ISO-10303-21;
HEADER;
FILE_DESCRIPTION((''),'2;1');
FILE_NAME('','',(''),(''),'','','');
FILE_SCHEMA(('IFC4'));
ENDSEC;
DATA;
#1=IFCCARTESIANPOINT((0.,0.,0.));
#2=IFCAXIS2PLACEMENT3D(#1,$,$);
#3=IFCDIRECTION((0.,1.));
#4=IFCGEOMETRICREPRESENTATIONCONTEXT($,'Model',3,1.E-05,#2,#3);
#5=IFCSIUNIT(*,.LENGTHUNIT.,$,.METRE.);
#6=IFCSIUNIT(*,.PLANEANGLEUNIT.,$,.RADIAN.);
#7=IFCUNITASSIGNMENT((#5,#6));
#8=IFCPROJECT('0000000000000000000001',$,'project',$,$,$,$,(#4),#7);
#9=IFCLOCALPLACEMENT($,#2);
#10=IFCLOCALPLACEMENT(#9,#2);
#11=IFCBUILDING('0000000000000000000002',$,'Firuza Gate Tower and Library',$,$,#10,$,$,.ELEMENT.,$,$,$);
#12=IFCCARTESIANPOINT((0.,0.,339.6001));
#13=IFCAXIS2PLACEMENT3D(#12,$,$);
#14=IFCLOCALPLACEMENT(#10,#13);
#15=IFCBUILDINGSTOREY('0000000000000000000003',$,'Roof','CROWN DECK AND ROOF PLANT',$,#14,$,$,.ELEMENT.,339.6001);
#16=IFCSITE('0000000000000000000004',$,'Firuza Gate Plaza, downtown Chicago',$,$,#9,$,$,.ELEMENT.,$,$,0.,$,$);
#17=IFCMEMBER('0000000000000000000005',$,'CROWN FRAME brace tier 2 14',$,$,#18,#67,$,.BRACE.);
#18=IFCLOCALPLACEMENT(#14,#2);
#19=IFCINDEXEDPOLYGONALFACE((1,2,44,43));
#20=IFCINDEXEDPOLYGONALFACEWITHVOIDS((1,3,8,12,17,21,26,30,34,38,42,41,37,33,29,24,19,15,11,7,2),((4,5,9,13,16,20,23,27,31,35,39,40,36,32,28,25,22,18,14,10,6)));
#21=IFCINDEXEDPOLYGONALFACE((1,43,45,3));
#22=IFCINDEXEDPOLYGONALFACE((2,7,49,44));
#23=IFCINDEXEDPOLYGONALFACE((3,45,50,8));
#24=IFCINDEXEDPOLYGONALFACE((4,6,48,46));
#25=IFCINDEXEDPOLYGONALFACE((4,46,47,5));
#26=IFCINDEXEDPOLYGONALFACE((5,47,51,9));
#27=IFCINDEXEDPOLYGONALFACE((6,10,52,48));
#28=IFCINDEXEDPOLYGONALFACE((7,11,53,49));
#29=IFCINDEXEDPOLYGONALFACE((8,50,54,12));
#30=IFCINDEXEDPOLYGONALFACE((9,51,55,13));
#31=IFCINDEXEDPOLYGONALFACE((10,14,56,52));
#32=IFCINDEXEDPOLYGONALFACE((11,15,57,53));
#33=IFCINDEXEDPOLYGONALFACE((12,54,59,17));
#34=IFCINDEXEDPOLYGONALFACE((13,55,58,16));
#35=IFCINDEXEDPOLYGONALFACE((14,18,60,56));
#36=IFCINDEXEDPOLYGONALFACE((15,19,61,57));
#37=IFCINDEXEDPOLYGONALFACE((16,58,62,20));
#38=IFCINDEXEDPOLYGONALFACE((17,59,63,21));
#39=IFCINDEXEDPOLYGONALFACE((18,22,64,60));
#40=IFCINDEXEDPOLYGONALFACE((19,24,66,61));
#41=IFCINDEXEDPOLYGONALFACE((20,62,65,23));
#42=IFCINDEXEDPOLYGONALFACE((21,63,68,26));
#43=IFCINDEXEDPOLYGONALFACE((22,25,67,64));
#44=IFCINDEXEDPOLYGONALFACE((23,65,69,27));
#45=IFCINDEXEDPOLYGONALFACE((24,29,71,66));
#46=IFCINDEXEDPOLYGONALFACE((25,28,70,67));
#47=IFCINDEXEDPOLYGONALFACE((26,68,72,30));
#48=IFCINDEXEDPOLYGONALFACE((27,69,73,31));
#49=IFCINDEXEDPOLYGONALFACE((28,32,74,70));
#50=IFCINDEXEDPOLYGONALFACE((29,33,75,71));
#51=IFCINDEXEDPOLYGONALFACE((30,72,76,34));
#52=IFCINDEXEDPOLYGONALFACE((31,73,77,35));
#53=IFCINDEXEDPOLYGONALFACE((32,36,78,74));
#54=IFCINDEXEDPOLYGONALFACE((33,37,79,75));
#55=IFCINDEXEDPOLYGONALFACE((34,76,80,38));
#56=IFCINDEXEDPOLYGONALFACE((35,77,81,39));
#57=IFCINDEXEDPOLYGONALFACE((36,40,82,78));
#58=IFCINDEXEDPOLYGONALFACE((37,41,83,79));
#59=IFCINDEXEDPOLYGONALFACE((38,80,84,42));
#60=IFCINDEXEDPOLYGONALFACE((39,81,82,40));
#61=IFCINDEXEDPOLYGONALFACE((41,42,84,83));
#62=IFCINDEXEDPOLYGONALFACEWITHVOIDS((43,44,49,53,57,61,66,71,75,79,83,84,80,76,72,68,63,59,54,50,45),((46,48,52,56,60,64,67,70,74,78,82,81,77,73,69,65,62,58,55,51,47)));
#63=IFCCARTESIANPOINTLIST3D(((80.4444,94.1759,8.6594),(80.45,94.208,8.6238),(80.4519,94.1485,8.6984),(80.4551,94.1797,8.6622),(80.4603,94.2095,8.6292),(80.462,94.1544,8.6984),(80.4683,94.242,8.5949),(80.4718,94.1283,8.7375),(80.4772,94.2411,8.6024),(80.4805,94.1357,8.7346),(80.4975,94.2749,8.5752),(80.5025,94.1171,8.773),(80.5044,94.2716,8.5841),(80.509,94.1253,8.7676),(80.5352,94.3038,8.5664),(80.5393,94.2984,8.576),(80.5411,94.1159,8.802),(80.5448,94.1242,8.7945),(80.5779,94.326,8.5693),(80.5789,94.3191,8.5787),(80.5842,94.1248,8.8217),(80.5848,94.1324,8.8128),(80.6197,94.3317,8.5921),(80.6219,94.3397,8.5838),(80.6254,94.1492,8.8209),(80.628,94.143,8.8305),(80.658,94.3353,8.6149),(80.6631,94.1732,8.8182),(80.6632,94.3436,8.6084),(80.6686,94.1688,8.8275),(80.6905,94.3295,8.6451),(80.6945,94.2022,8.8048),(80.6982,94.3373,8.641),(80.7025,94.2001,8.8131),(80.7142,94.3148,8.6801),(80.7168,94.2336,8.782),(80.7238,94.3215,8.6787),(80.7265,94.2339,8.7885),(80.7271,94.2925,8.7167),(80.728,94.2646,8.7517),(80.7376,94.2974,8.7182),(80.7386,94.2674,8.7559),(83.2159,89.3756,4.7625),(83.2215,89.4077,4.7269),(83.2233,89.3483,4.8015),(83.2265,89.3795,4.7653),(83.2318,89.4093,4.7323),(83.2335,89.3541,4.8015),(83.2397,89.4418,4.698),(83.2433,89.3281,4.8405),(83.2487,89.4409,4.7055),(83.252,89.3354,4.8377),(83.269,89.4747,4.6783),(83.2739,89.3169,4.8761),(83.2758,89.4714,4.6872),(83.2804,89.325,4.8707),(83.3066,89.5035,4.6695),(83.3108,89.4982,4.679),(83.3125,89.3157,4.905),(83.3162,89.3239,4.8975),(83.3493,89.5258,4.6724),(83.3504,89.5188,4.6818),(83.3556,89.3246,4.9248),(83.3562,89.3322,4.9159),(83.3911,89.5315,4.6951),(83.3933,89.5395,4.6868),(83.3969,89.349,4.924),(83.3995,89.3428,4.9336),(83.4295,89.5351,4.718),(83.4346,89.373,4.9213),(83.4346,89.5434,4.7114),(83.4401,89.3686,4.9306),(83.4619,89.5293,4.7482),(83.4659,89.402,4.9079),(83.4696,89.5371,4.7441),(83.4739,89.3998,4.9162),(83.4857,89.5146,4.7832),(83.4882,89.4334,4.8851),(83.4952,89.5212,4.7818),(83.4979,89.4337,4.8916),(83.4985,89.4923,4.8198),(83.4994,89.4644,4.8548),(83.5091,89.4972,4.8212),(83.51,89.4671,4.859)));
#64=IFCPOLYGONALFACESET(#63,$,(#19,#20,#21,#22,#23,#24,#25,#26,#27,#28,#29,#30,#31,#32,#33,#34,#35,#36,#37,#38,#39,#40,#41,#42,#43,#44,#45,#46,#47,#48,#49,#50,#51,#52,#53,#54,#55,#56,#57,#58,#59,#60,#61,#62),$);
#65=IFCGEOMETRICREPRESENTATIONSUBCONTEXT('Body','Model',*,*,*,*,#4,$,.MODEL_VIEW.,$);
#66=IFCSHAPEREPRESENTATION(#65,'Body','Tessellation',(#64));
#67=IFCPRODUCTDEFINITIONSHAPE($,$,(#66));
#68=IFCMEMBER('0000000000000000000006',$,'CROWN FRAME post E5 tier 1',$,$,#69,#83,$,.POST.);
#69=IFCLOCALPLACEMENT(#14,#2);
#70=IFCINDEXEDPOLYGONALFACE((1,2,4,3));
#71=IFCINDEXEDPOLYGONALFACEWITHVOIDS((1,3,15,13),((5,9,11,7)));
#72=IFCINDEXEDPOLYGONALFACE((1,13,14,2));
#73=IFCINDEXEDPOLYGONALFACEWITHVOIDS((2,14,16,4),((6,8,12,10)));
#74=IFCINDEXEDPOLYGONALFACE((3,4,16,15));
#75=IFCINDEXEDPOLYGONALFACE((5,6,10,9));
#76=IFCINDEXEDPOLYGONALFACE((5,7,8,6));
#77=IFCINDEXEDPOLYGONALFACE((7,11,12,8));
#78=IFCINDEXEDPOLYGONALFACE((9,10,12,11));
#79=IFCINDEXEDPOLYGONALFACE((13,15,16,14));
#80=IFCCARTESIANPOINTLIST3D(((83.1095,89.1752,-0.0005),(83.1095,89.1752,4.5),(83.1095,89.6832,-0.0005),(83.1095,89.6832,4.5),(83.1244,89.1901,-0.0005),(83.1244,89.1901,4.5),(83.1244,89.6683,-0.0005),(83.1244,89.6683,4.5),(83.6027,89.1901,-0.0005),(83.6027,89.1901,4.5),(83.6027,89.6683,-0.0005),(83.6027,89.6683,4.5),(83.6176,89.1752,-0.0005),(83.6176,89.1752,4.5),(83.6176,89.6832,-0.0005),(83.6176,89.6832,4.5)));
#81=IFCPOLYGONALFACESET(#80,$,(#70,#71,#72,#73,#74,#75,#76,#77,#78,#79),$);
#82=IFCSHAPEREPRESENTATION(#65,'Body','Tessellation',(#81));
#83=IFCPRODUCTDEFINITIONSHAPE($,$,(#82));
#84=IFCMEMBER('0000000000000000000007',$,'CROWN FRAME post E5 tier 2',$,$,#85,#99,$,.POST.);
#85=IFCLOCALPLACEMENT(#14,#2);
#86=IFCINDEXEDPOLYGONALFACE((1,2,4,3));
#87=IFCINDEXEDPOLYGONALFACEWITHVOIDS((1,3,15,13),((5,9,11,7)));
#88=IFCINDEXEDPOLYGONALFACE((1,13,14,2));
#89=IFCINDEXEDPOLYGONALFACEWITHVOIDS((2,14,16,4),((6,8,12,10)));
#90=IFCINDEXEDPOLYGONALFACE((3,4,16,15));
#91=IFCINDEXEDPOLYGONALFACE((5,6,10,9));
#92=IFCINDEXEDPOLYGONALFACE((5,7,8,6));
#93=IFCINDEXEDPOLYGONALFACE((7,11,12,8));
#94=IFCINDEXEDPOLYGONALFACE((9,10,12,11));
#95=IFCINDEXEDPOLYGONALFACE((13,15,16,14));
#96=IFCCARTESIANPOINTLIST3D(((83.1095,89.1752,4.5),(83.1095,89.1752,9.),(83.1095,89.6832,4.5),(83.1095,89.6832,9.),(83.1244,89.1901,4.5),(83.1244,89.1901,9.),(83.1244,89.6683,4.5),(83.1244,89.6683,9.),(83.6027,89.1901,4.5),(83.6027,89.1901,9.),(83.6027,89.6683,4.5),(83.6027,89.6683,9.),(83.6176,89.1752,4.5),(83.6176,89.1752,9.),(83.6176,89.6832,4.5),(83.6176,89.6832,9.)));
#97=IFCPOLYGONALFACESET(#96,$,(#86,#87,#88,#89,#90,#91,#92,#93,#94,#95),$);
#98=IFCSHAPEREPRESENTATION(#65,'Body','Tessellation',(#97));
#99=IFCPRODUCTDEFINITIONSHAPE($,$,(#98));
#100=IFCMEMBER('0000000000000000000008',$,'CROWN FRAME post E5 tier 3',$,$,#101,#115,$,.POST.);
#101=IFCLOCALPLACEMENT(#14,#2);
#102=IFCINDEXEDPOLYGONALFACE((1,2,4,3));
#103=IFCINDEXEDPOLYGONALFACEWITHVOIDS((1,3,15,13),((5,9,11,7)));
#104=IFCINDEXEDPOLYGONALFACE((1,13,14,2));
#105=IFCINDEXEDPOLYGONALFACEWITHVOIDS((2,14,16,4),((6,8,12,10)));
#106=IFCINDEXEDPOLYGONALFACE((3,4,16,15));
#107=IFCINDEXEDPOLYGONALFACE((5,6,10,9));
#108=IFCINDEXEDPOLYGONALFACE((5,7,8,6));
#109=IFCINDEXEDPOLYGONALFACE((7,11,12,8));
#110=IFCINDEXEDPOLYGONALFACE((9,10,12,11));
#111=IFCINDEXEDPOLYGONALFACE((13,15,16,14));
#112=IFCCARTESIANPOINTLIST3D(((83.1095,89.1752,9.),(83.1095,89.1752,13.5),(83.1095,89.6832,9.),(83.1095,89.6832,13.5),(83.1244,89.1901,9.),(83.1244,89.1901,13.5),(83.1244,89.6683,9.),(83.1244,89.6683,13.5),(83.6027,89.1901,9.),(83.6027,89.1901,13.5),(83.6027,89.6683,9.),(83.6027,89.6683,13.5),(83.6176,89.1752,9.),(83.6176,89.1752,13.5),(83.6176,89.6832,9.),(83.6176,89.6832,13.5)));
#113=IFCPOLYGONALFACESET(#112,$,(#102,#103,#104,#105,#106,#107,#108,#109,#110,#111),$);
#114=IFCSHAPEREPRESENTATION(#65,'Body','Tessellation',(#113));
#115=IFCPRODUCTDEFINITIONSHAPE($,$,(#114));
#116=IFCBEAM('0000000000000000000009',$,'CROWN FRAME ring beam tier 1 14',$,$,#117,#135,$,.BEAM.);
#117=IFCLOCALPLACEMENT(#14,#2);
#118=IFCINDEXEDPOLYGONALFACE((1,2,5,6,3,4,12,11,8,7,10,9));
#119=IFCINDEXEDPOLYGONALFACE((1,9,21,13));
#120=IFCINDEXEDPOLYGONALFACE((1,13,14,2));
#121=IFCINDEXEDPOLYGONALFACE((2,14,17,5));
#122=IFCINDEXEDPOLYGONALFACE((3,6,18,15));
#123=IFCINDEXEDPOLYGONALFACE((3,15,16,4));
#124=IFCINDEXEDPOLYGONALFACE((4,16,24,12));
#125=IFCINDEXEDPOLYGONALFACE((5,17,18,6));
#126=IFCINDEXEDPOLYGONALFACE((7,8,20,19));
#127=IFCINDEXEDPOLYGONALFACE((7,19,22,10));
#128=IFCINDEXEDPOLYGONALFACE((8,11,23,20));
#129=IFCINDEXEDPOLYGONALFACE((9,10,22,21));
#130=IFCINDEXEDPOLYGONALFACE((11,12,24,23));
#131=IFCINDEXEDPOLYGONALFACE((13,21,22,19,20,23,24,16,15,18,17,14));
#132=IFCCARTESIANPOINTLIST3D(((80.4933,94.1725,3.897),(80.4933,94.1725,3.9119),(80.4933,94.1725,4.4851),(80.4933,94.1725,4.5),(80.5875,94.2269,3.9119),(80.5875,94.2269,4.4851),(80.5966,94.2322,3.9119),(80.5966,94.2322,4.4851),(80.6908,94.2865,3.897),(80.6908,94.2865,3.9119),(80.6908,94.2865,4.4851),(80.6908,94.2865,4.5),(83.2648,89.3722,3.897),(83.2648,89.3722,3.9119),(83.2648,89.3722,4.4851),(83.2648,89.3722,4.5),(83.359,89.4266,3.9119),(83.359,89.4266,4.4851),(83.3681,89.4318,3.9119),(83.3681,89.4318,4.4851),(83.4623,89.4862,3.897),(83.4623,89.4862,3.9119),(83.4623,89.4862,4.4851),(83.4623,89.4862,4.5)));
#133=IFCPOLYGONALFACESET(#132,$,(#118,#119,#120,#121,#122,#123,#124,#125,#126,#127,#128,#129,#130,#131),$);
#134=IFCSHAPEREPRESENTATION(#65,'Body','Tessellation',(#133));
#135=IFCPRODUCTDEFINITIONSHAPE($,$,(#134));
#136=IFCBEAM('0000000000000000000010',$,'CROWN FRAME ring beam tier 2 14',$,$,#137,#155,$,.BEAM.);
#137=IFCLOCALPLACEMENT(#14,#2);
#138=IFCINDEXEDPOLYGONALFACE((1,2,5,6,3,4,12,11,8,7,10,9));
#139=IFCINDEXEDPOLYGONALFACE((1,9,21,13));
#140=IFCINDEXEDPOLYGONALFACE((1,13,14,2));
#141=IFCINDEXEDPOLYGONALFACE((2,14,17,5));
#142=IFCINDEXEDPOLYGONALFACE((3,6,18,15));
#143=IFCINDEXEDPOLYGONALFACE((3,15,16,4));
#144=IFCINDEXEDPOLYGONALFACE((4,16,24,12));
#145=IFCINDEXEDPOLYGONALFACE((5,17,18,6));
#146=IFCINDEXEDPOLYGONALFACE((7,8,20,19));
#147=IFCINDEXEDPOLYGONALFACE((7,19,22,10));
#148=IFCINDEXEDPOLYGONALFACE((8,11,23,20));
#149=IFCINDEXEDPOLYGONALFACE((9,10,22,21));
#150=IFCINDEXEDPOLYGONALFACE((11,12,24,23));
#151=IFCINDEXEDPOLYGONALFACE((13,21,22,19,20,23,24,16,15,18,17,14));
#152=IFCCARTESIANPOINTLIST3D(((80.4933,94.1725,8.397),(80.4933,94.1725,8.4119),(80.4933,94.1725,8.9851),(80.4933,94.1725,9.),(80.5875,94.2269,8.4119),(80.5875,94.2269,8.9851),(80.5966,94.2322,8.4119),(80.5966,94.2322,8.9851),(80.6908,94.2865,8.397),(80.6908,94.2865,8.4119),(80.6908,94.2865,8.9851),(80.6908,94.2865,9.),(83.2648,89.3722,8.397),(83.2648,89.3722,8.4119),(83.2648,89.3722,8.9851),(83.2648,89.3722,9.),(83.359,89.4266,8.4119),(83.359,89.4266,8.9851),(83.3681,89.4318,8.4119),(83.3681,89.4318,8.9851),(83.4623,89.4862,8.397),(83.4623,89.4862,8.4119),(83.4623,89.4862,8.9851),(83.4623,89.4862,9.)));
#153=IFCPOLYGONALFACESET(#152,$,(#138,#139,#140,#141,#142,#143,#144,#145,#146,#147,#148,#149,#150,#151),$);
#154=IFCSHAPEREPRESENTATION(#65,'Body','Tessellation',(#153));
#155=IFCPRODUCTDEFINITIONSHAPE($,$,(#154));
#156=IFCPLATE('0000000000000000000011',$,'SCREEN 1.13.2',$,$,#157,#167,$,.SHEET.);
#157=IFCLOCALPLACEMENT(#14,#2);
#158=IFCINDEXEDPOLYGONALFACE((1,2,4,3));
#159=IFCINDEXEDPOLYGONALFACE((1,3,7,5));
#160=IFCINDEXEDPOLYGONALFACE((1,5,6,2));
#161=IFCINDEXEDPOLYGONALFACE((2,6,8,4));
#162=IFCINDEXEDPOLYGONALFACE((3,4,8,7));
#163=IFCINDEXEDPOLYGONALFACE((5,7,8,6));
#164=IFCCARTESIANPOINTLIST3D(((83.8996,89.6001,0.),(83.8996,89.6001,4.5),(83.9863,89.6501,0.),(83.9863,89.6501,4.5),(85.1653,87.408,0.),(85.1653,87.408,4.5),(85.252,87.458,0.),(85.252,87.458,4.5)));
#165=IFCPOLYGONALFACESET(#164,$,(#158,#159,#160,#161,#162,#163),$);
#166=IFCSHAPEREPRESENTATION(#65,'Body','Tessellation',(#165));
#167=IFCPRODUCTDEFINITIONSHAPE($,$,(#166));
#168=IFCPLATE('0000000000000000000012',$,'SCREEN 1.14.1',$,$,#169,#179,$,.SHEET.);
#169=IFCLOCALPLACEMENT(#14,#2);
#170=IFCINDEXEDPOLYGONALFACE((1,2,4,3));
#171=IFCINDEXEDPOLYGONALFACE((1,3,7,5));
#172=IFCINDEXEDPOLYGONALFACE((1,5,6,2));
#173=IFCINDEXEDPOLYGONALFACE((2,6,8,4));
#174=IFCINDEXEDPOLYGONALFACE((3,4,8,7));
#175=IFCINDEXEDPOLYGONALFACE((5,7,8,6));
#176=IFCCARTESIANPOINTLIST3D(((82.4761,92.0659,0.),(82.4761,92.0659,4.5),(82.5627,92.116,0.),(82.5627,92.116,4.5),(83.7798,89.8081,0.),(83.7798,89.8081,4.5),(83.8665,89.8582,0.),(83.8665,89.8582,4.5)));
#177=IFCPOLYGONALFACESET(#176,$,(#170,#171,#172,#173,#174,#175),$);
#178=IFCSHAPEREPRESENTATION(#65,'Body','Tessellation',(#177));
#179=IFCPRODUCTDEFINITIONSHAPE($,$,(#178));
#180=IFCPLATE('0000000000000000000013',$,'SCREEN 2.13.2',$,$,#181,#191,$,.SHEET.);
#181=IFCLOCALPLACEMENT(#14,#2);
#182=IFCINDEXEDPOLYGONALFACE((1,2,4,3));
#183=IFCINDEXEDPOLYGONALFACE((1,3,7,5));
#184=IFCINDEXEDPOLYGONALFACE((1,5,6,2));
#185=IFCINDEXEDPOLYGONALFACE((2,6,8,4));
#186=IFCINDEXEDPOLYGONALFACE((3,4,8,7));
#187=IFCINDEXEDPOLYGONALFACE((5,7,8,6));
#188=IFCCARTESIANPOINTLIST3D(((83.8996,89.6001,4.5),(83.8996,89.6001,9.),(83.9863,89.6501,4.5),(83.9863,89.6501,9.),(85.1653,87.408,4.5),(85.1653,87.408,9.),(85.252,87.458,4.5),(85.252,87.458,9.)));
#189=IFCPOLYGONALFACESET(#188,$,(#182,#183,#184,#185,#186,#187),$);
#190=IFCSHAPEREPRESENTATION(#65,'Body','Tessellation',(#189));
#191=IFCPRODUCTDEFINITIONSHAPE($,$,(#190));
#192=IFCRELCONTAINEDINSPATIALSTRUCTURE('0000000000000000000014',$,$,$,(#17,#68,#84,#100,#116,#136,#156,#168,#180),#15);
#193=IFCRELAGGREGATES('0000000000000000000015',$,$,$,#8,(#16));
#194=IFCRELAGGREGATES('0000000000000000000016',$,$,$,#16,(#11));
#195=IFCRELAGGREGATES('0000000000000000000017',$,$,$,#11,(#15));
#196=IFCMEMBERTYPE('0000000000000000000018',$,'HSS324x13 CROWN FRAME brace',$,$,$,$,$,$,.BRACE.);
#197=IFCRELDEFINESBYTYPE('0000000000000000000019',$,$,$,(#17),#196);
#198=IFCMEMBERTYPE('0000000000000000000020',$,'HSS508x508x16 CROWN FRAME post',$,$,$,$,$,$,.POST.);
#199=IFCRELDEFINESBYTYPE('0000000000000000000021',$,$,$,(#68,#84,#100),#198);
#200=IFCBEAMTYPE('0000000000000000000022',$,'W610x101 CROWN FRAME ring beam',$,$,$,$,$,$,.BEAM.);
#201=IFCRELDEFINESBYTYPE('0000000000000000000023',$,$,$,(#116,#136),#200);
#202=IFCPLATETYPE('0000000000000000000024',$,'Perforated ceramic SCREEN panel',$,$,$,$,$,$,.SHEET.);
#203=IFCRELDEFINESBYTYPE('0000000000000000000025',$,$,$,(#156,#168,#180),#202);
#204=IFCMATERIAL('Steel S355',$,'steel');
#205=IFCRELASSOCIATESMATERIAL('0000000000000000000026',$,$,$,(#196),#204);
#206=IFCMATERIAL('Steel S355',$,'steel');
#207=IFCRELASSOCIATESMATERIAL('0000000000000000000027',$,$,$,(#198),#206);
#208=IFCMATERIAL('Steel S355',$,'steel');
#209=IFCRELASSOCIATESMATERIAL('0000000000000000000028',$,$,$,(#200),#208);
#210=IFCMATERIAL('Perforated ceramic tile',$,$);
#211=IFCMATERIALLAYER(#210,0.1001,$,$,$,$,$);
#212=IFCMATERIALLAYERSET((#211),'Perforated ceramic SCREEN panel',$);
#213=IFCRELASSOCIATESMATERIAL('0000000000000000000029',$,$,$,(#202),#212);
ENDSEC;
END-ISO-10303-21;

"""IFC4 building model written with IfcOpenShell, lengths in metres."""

from ifc_helpers import new_model, si_unit, direction, frame, origin, origin_2d, place, context, subcontext, project, spatial, polyline, hollow_rectangle, hollow_circle, i_section, outline, extrude, material, layer, layer_set, material_profile, profile_set, type_object, element, save


model = new_model("IFC4")

# Units and contexts
model_context = context("Model", 3, precision=1e-05, world=origin(), true_north=direction((0.0, 1.0)))
body_context = subcontext(model_context, "Body", "Model", "MODEL_VIEW")
ifc_project = project(units=[si_unit("LENGTHUNIT", "METRE"), si_unit("PLANEANGLEUNIT", "RADIAN")], contexts=[model_context])

# Site, building, storey
site_placement = place(None, origin())
site = spatial("IfcSite", under=ifc_project, at=site_placement, Name="Firuza Gate Plaza, downtown Chicago", CompositionType="ELEMENT", RefElevation=0.0)
building_placement = place(site_placement, origin())
building = spatial("IfcBuilding", under=site, at=building_placement, Name="Firuza Gate Tower and Library", CompositionType="ELEMENT")
storey_placement = place(building_placement, frame((0.0, 0.0, 339.6001)))
storey = spatial("IfcBuildingStorey", under=building, at=storey_placement, Name="Roof", Description="CROWN DECK AND ROOF PLANT", CompositionType="ELEMENT", Elevation=339.6001)

# Members
ifc_material_1 = material(Name="Steel S355", Category="steel")
ifc_material_profile_1 = material_profile(ifc_material_1, hollow_circle(Radius=0.1619, WallThickness=0.0117, at=origin_2d()))
ifc_profile_set_1 = profile_set([ifc_material_profile_1], Name="Steel S355")
member_type_1 = type_object("IfcMemberType", Name="HSS324x13 CROWN FRAME brace", PredefinedType="BRACE", material=ifc_profile_set_1)
for number, where, z_axis, x_axis, name in (
    (1, (83.3635, 89.4292, 4.8015), (-0.409032, 0.708455, 0.575138), (-0.866023, -0.500005, 0.0), "CROWN FRAME brace tier 2 14"),
):
    element("IfcMember", number, at=place(storey_placement, frame(where, z_axis=z_axis, x_axis=x_axis)), inside=storey, type_object=member_type_1, Name=name, PredefinedType="BRACE", context=body_context, shape_type="SweptSolid", body=[
        extrude(hollow_circle(Radius=0.1619, WallThickness=0.0117, at=origin_2d()), origin(), (0.0, 0.0, 1.0), 6.7756),
    ])
ifc_material_2 = material(Name="Steel S355", Category="steel")
ifc_material_profile_2 = material_profile(ifc_material_2, hollow_rectangle(XDim=0.5081, YDim=0.5081, WallThickness=0.0149, at=origin_2d()))
ifc_profile_set_2 = profile_set([ifc_material_profile_2], Name="Steel S355")
member_type_2 = type_object("IfcMemberType", Name="HSS508x508x16 CROWN FRAME post", PredefinedType="POST", material=ifc_profile_set_2)
member_1_placement = place(storey_placement, frame((83.3635, 89.4292, -0.0005), z_axis=(0.0, 0.0, 1.0), x_axis=(1.0, 0.0, 0.0)))
element("IfcMember", 2, at=member_1_placement, inside=storey, type_object=member_type_2, Name="CROWN FRAME post E5 tier 1", PredefinedType="POST", context=body_context, shape_type="SweptSolid", body=[
    extrude(hollow_rectangle(XDim=0.5081, YDim=0.5081, WallThickness=0.0149, at=origin_2d()), origin(), (0.0, 0.0, 1.0), 4.5005),
])
for number, where, z_axis, x_axis, name in (
    (3, (83.3635, 89.4292, 4.5), (0.0, 0.0, 1.0), (1.0, 0.0, 0.0), "CROWN FRAME post E5 tier 2"),
    (4, (83.3635, 89.4292, 9.0), (0.0, 0.0, 1.0), (1.0, 0.0, 0.0), "CROWN FRAME post E5 tier 3"),
):
    element("IfcMember", number, at=place(storey_placement, frame(where, z_axis=z_axis, x_axis=x_axis)), inside=storey, type_object=member_type_2, Name=name, PredefinedType="POST", context=body_context, shape_type="SweptSolid", body=[
        extrude(hollow_rectangle(XDim=0.5081, YDim=0.5081, WallThickness=0.0149, at=origin_2d()), origin(), (0.0, 0.0, 1.0), 4.5),
    ])

# Beams
ifc_material_3 = material(Name="Steel S355", Category="steel")
ifc_material_profile_3 = material_profile(ifc_material_3, i_section(OverallWidth=0.228, OverallDepth=0.603, WebThickness=0.0105, FlangeThickness=0.0149, at=origin_2d()))
ifc_profile_set_3 = profile_set([ifc_material_profile_3], Name="Steel S355")
beam_type = type_object("IfcBeamType", Name="W610x101 CROWN FRAME ring beam", PredefinedType="BEAM", material=ifc_profile_set_3)
for number, where, z_axis, x_axis, name in (
    (5, (83.3635, 89.4292, 4.1985), (-0.500005, 0.866023, 0.0), (-0.866023, -0.500005, 0.0), "CROWN FRAME ring beam tier 1 14"),
    (6, (83.3635, 89.4292, 8.6985), (-0.500005, 0.866023, 0.0), (-0.866023, -0.500005, 0.0), "CROWN FRAME ring beam tier 2 14"),
):
    element("IfcBeam", number, at=place(storey_placement, frame(where, z_axis=z_axis, x_axis=x_axis)), inside=storey, type_object=beam_type, Name=name, PredefinedType="BEAM", context=body_context, shape_type="SweptSolid", body=[
        extrude(i_section(OverallWidth=0.228, OverallDepth=0.603, WebThickness=0.0105, FlangeThickness=0.0149, at=origin_2d()), origin(), (0.0, 0.0, 1.0), 5.543),
    ])

# Plates
ifc_material_4 = material(Name="Perforated ceramic tile")
ifc_layer_1 = layer(ifc_material_4, 0.1001)
ifc_layer_set_1 = layer_set([ifc_layer_1], Name="Perforated ceramic SCREEN panel")
plate_type = type_object("IfcPlateType", Name="Perforated ceramic SCREEN panel", PredefinedType="SHEET", material=ifc_layer_set_1)
plate_1_placement = place(storey_placement, frame((85.252, 87.458, 0.0), z_axis=(0.866027, 0.499998, 0.0), x_axis=(-0.499998, 0.866027, 0.0)))
element("IfcPlate", 7, at=plate_1_placement, inside=storey, type_object=plate_type, Name="SCREEN 1.13.2", PredefinedType="SHEET", context=body_context, shape_type="SweptSolid", body=[
    extrude(outline(polyline([(0.0, 0.0), (2.5313, 0.0), (2.5313, 4.5), (0.0, 4.5), (0.0, 0.0)])), origin(), (0.0, 0.0, -1.0), 0.1001),
])
plate_2_placement = place(storey_placement, frame((83.8665, 89.8582, 0.0), z_axis=(0.865998, 0.500047, 0.0), x_axis=(-0.500047, 0.865998, 0.0)))
element("IfcPlate", 8, at=plate_2_placement, inside=storey, type_object=plate_type, Name="SCREEN 1.14.1", PredefinedType="SHEET", context=body_context, shape_type="SweptSolid", body=[
    extrude(outline(polyline([(0.0, 0.0), (2.6072, 0.0), (2.6072, 4.5), (0.0, 4.5), (0.0, 0.0)])), origin(), (0.0, 0.0, -1.0), 0.1001),
])
plate_3_placement = place(storey_placement, frame((85.252, 87.458, 4.5), z_axis=(0.866027, 0.499998, 0.0), x_axis=(-0.499998, 0.866027, 0.0)))
element("IfcPlate", 9, at=plate_3_placement, inside=storey, type_object=plate_type, Name="SCREEN 2.13.2", PredefinedType="SHEET", context=body_context, shape_type="SweptSolid", body=[
    extrude(outline(polyline([(0.0, 0.0), (2.5313, 0.0), (2.5313, 4.5), (0.0, 4.5), (0.0, 0.0)])), origin(), (0.0, 0.0, -1.0), 0.1001),
])

save(model, "model.ifc")
